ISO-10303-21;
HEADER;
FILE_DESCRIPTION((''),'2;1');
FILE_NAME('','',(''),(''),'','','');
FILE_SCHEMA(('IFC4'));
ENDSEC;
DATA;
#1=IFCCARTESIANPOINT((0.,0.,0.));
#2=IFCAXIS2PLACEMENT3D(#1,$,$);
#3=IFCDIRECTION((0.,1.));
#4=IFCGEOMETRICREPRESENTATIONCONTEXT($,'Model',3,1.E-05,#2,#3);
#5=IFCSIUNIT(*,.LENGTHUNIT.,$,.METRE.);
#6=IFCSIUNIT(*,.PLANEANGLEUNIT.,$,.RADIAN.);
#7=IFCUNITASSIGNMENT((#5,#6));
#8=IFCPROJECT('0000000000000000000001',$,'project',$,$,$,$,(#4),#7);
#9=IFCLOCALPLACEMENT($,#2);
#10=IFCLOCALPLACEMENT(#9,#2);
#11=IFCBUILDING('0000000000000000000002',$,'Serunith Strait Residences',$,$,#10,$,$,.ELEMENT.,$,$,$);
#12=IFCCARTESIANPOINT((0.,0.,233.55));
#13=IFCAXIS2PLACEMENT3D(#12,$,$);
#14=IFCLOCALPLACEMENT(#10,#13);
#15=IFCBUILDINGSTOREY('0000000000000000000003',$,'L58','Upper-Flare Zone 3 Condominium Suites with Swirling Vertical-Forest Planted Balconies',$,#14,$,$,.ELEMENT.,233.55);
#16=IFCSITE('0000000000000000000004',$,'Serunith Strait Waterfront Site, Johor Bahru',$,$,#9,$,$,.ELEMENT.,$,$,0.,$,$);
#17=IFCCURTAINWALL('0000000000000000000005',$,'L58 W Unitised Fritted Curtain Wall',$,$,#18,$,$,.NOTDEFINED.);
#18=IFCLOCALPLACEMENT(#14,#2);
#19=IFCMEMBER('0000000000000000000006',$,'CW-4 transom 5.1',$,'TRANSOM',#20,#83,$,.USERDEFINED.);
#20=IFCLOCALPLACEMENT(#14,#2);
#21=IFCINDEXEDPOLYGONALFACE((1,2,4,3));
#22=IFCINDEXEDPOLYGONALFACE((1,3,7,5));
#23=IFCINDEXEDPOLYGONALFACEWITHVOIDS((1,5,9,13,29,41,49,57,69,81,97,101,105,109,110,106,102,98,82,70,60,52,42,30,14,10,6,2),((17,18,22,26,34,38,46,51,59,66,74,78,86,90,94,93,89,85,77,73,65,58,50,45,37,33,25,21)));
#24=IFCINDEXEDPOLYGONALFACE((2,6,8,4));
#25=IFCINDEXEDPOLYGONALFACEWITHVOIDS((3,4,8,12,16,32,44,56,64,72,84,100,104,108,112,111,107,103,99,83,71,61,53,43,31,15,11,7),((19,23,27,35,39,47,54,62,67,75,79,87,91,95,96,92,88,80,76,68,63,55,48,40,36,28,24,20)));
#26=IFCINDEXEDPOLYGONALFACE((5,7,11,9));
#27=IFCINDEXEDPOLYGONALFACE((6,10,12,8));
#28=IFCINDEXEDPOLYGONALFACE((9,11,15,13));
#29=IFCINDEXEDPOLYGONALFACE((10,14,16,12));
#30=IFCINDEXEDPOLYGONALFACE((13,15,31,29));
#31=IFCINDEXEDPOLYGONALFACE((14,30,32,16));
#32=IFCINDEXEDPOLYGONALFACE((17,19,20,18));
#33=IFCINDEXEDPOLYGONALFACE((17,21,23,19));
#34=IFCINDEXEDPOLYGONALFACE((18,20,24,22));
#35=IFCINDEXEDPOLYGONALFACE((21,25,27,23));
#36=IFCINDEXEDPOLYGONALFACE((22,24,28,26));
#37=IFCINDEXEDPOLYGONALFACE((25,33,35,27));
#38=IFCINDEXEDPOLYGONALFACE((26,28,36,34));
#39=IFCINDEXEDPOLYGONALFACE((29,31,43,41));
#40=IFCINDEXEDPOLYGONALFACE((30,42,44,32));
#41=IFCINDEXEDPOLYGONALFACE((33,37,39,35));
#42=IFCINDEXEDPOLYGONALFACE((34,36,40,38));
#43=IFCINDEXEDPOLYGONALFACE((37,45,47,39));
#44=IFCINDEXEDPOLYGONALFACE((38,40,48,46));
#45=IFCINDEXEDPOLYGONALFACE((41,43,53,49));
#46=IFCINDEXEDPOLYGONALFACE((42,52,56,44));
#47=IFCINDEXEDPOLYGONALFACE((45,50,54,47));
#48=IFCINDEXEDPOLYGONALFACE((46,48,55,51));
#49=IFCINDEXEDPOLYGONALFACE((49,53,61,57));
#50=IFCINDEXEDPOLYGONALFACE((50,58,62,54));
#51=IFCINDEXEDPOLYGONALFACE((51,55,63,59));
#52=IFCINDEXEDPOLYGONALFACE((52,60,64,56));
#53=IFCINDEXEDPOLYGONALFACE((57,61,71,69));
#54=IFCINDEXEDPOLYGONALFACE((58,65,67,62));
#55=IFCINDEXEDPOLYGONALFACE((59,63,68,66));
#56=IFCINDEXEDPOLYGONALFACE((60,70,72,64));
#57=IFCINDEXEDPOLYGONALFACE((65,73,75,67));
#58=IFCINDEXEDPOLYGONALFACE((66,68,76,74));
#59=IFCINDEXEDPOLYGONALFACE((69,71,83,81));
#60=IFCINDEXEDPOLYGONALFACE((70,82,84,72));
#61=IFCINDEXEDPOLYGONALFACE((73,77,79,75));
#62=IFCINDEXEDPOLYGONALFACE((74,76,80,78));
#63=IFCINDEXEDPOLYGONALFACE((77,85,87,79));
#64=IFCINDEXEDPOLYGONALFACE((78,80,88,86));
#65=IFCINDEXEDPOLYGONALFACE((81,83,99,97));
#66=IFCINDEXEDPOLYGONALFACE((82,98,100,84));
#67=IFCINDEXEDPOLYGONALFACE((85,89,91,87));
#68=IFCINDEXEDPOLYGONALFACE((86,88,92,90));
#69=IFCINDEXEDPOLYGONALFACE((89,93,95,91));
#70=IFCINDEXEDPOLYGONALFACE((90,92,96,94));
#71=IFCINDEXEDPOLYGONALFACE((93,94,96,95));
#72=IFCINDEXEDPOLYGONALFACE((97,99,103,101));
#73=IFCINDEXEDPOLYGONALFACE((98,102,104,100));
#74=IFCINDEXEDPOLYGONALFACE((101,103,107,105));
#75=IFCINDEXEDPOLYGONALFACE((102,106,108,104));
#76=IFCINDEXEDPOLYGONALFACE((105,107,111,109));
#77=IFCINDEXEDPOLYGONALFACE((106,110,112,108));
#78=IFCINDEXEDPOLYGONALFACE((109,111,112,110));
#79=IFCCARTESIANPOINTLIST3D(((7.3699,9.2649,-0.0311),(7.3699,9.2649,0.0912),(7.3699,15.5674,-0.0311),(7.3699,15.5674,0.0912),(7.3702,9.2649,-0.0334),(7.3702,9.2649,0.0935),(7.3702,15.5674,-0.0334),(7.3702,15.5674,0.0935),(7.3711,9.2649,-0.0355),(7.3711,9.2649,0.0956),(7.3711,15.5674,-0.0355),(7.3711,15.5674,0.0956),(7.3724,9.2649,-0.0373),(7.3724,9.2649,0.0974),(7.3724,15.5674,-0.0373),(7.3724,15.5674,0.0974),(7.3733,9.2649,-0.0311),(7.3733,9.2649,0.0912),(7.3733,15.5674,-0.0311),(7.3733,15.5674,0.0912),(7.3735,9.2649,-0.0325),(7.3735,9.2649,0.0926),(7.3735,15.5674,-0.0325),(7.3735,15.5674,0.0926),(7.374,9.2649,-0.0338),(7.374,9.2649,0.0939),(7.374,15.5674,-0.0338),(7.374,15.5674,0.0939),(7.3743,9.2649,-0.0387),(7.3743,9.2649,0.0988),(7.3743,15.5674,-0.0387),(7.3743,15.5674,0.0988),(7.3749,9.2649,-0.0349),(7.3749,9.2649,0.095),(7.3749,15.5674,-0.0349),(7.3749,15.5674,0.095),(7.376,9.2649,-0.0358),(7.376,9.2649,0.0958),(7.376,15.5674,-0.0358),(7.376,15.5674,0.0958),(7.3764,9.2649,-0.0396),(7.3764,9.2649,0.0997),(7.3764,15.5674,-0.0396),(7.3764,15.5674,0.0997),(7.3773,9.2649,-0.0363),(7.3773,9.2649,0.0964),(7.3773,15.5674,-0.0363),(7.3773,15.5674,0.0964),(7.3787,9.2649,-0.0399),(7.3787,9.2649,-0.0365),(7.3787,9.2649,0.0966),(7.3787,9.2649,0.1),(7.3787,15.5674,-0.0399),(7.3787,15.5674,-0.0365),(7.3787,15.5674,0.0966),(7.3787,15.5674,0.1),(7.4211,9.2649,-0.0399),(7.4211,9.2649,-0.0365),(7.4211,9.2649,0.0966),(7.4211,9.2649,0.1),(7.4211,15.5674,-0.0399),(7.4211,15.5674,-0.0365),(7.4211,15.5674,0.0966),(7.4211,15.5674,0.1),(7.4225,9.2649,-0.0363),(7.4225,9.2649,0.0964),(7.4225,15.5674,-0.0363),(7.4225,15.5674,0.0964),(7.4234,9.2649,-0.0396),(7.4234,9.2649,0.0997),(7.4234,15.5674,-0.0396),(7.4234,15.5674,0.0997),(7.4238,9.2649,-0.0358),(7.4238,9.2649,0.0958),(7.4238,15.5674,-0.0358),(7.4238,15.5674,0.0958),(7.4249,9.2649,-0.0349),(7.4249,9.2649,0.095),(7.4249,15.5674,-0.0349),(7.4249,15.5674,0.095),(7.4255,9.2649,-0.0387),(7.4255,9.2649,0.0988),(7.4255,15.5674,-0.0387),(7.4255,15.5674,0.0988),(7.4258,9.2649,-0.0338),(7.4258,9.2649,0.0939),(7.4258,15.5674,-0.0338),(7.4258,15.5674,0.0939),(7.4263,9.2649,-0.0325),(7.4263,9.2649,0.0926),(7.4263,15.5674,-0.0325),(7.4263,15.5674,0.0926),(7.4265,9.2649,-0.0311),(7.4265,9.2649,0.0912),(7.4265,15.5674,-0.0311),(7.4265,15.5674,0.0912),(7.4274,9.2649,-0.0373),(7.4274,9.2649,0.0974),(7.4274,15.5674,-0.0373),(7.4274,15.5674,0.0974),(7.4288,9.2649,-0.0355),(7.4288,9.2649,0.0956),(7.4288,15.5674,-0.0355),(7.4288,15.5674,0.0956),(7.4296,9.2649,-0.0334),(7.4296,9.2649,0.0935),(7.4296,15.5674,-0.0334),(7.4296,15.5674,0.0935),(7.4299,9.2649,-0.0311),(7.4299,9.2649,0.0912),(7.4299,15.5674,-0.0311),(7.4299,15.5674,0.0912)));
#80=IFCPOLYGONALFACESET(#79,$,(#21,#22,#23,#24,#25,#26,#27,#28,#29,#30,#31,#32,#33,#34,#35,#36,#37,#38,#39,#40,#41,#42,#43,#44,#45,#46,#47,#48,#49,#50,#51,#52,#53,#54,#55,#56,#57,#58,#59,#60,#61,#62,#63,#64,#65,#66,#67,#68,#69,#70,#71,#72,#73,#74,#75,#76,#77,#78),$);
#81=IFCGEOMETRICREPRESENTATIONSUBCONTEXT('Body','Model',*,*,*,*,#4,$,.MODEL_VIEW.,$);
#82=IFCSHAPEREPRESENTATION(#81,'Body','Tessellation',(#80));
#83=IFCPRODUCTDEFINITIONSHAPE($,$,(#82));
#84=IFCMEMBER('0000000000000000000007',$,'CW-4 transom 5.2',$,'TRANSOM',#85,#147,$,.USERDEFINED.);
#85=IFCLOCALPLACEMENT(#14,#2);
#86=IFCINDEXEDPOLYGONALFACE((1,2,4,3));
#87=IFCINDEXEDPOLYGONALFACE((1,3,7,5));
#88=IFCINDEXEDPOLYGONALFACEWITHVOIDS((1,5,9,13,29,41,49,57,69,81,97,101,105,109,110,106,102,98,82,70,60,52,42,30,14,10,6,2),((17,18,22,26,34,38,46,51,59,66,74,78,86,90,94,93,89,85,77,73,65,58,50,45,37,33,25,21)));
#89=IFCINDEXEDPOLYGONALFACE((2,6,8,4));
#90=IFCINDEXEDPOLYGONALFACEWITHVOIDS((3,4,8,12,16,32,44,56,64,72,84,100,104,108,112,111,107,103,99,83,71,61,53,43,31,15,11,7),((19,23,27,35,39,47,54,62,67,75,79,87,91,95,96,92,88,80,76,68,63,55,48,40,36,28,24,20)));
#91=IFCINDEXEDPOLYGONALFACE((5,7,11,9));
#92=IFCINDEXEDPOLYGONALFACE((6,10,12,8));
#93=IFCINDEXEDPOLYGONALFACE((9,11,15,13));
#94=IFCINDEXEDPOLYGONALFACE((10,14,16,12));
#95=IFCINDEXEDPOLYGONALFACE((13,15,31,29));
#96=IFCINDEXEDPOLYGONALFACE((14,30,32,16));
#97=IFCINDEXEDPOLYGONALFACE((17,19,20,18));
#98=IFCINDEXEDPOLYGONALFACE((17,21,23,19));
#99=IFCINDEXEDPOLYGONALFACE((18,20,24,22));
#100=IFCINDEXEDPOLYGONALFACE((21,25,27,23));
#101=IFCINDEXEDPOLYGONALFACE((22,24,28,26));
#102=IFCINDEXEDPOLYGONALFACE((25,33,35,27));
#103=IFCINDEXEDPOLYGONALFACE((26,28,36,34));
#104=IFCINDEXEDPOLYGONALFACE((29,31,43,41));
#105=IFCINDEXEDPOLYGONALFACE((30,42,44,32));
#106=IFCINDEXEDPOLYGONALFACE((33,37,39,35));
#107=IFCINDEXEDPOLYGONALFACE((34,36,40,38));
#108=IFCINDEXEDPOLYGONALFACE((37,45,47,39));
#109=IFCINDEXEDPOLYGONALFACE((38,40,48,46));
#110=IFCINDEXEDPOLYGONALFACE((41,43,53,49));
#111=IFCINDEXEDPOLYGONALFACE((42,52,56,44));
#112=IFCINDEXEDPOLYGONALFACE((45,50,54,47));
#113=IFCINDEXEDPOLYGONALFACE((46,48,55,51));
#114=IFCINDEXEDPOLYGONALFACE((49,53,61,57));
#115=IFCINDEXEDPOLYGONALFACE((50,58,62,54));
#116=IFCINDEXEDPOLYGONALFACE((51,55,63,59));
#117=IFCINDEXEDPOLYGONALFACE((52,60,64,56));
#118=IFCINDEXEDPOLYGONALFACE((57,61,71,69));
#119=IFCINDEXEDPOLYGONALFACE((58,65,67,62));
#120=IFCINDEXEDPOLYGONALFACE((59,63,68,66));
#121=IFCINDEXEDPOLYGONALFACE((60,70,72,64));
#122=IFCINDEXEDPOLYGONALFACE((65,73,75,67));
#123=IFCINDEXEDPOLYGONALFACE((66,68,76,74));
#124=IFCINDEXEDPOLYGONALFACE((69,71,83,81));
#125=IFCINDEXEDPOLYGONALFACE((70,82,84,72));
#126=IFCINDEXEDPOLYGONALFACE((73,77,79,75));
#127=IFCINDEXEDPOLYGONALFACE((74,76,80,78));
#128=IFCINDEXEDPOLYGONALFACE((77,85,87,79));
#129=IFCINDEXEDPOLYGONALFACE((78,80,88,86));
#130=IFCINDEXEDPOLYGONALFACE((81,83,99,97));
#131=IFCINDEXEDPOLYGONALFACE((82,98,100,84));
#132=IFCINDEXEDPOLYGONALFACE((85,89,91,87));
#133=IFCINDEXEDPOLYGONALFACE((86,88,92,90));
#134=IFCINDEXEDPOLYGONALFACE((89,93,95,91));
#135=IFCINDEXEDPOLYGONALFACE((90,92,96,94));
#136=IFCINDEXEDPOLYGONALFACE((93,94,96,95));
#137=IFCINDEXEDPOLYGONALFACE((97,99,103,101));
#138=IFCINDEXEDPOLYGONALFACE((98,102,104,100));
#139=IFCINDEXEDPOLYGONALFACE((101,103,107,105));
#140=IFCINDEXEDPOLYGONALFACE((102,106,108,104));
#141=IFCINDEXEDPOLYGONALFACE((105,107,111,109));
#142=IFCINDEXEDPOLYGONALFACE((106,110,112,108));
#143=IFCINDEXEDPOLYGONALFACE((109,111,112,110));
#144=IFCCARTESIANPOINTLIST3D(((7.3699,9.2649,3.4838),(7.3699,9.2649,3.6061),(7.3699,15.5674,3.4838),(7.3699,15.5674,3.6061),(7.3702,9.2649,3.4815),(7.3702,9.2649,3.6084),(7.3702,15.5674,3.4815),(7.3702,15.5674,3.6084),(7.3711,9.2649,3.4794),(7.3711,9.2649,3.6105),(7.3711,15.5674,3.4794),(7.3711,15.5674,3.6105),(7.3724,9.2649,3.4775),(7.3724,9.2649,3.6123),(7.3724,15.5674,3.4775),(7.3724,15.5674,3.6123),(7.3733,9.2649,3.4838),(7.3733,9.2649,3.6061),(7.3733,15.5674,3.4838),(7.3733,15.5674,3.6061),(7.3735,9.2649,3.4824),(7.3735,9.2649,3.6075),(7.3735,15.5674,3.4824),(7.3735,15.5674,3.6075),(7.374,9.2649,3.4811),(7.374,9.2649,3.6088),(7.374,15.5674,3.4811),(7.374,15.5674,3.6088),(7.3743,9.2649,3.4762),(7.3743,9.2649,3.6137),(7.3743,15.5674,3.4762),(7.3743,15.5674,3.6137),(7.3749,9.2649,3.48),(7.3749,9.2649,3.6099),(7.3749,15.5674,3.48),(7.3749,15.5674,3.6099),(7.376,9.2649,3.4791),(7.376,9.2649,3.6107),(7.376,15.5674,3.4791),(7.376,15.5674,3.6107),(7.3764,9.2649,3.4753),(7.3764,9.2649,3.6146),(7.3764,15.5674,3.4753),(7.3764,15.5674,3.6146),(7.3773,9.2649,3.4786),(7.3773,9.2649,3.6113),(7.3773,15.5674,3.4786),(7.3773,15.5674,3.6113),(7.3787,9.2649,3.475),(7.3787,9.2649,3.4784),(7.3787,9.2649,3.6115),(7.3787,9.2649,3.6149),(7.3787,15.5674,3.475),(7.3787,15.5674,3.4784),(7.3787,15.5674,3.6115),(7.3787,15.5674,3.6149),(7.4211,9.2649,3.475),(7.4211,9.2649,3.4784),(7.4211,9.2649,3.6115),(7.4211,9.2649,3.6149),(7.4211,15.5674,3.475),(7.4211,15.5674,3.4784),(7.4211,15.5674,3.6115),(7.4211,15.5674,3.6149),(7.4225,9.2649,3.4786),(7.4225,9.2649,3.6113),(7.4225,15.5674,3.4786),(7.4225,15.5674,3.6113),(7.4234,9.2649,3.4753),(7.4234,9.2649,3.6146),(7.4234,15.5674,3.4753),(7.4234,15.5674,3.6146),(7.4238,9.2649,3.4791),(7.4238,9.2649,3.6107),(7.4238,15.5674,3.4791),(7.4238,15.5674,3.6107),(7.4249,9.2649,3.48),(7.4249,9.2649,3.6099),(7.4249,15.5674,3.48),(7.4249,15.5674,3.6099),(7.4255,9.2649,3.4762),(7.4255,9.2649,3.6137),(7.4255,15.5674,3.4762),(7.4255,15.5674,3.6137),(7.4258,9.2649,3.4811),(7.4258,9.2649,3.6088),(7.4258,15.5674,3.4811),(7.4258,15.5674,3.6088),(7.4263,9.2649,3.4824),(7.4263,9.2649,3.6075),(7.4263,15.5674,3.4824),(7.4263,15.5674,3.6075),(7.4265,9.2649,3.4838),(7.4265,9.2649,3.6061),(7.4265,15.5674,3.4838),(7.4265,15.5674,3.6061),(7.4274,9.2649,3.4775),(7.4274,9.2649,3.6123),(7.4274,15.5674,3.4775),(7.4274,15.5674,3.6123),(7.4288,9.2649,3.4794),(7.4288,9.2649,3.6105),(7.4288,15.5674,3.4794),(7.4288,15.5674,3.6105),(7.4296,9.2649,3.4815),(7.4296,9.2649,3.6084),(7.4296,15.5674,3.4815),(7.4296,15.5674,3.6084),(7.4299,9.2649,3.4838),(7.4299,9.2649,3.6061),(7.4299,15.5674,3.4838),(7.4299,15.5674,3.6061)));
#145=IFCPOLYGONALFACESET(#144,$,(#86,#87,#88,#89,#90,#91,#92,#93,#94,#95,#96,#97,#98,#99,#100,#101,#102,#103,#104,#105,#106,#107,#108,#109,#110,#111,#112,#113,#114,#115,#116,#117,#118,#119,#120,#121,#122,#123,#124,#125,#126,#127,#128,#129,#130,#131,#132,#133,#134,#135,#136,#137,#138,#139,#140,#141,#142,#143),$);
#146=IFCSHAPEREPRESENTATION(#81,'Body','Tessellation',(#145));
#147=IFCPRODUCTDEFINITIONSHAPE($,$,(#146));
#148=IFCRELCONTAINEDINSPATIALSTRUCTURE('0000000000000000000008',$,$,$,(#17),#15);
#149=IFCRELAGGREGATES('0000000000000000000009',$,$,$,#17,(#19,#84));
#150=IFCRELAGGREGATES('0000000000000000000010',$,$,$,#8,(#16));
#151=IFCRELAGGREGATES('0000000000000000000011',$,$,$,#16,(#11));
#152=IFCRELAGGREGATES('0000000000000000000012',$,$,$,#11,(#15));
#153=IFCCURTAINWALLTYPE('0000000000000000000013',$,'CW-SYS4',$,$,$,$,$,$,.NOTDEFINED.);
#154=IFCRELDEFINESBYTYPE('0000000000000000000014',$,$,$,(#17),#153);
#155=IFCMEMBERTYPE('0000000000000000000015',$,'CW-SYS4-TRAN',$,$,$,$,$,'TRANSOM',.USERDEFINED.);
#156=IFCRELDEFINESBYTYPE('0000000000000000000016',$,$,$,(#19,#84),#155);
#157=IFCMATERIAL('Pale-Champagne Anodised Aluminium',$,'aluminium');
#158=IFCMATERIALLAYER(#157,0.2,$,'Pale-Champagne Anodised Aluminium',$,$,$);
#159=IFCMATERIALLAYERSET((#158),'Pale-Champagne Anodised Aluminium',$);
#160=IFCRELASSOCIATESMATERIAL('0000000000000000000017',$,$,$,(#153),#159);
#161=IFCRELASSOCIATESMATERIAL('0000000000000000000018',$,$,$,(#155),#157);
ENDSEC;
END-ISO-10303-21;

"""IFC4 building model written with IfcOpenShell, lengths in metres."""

from ifc_helpers import new_model, si_unit, direction, frame, origin, origin_2d, place, context, subcontext, project, spatial, hollow_rectangle, extrude, source, transform, mapped, material, layer, layer_set, material_profile, profile_set, type_object, element, aggregate, save


model = new_model("IFC4")

# Units and contexts
model_context = context("Model", 3, precision=1e-05, world=origin(), true_north=direction((0.0, 1.0)))
body_context = subcontext(model_context, "Body", "Model", "MODEL_VIEW")
ifc_project = project(units=[si_unit("LENGTHUNIT", "METRE"), si_unit("PLANEANGLEUNIT", "RADIAN")], contexts=[model_context])

# Site, building, storey
site_placement = place(None, origin())
site = spatial("IfcSite", under=ifc_project, at=site_placement, Name="Serunith Strait Waterfront Site, Johor Bahru", CompositionType="ELEMENT", RefElevation=0.0)
building_placement = place(site_placement, origin())
building = spatial("IfcBuilding", under=site, at=building_placement, Name="Serunith Strait Residences", CompositionType="ELEMENT")
storey_placement = place(building_placement, frame((0.0, 0.0, 233.55)))
storey = spatial("IfcBuildingStorey", under=building, at=storey_placement, Name="L58", Description="Upper-Flare Zone 3 Condominium Suites with Swirling Vertical-Forest Planted Balconies", CompositionType="ELEMENT", Elevation=233.55)

# Curtain wall, members
ifc_material_1 = material(Name="Pale-Champagne Anodised Aluminium", Category="aluminium")
ifc_layer_1 = layer(ifc_material_1, 0.2, Name="Pale-Champagne Anodised Aluminium")
ifc_layer_set_1 = layer_set([ifc_layer_1], Name="Pale-Champagne Anodised Aluminium")
curtain_wall_type = type_object("IfcCurtainWallType", Name="CW-SYS4", PredefinedType="NOTDEFINED", material=ifc_layer_set_1)
curtain_wall_placement = place(storey_placement, origin())
curtain_wall = element("IfcCurtainWall", 1, at=curtain_wall_placement, inside=storey, type_object=curtain_wall_type, Name="L58 W Unitised Fritted Curtain Wall", PredefinedType="NOTDEFINED")
ifc_material_profile_1 = material_profile(ifc_material_1, hollow_rectangle(XDim=0.0601, YDim=0.1399, WallThickness=0.0034, InnerFilletRadius=0.0054, OuterFilletRadius=0.0088, at=origin_2d()), Name="ALU 140x60x3.5")
ifc_profile_set_1 = profile_set([ifc_material_profile_1], Name="Pale-Champagne Anodised Aluminium")
member_type_1 = type_object("IfcMemberType", Name="CW-SYS4-TRAN", ElementType="TRANSOM", PredefinedType="USERDEFINED", material=ifc_profile_set_1)
shared_shape_1 = source(origin(), body_context, "Body", "SweptSolid", [
    extrude(hollow_rectangle(XDim=0.0601, YDim=0.1399, WallThickness=0.0034, InnerFilletRadius=0.0054, OuterFilletRadius=0.0088, at=origin_2d()), origin(), (0.0, 0.0, 1.0), 6.3025),
])
member_1_placement = place(storey_placement, frame((7.3999, 15.5674, 0.03), z_axis=(0.0, -1.0, 0.0), x_axis=(1.0, 0.0, 0.0)))
member_1 = element("IfcMember", 2, at=member_1_placement, type_object=member_type_1, Name="CW-4 transom 5.1", ObjectType="TRANSOM", PredefinedType="USERDEFINED", context=body_context, shape_type="MappedRepresentation", body=[
    mapped(shared_shape_1, transform((0.0, 0.0, 0.0), scale=1.0)),
])
member_2_placement = place(storey_placement, frame((7.3999, 15.5674, 3.5449), z_axis=(0.0, -1.0, 0.0), x_axis=(1.0, 0.0, 0.0)))
member_2 = element("IfcMember", 3, at=member_2_placement, type_object=member_type_1, Name="CW-4 transom 5.2", ObjectType="TRANSOM", PredefinedType="USERDEFINED", context=body_context, shape_type="MappedRepresentation", body=[
    mapped(shared_shape_1, transform((0.0, 0.0, 0.0), scale=1.0)),
])
aggregate(curtain_wall, [member_1, member_2])

save(model, "model.ifc")
